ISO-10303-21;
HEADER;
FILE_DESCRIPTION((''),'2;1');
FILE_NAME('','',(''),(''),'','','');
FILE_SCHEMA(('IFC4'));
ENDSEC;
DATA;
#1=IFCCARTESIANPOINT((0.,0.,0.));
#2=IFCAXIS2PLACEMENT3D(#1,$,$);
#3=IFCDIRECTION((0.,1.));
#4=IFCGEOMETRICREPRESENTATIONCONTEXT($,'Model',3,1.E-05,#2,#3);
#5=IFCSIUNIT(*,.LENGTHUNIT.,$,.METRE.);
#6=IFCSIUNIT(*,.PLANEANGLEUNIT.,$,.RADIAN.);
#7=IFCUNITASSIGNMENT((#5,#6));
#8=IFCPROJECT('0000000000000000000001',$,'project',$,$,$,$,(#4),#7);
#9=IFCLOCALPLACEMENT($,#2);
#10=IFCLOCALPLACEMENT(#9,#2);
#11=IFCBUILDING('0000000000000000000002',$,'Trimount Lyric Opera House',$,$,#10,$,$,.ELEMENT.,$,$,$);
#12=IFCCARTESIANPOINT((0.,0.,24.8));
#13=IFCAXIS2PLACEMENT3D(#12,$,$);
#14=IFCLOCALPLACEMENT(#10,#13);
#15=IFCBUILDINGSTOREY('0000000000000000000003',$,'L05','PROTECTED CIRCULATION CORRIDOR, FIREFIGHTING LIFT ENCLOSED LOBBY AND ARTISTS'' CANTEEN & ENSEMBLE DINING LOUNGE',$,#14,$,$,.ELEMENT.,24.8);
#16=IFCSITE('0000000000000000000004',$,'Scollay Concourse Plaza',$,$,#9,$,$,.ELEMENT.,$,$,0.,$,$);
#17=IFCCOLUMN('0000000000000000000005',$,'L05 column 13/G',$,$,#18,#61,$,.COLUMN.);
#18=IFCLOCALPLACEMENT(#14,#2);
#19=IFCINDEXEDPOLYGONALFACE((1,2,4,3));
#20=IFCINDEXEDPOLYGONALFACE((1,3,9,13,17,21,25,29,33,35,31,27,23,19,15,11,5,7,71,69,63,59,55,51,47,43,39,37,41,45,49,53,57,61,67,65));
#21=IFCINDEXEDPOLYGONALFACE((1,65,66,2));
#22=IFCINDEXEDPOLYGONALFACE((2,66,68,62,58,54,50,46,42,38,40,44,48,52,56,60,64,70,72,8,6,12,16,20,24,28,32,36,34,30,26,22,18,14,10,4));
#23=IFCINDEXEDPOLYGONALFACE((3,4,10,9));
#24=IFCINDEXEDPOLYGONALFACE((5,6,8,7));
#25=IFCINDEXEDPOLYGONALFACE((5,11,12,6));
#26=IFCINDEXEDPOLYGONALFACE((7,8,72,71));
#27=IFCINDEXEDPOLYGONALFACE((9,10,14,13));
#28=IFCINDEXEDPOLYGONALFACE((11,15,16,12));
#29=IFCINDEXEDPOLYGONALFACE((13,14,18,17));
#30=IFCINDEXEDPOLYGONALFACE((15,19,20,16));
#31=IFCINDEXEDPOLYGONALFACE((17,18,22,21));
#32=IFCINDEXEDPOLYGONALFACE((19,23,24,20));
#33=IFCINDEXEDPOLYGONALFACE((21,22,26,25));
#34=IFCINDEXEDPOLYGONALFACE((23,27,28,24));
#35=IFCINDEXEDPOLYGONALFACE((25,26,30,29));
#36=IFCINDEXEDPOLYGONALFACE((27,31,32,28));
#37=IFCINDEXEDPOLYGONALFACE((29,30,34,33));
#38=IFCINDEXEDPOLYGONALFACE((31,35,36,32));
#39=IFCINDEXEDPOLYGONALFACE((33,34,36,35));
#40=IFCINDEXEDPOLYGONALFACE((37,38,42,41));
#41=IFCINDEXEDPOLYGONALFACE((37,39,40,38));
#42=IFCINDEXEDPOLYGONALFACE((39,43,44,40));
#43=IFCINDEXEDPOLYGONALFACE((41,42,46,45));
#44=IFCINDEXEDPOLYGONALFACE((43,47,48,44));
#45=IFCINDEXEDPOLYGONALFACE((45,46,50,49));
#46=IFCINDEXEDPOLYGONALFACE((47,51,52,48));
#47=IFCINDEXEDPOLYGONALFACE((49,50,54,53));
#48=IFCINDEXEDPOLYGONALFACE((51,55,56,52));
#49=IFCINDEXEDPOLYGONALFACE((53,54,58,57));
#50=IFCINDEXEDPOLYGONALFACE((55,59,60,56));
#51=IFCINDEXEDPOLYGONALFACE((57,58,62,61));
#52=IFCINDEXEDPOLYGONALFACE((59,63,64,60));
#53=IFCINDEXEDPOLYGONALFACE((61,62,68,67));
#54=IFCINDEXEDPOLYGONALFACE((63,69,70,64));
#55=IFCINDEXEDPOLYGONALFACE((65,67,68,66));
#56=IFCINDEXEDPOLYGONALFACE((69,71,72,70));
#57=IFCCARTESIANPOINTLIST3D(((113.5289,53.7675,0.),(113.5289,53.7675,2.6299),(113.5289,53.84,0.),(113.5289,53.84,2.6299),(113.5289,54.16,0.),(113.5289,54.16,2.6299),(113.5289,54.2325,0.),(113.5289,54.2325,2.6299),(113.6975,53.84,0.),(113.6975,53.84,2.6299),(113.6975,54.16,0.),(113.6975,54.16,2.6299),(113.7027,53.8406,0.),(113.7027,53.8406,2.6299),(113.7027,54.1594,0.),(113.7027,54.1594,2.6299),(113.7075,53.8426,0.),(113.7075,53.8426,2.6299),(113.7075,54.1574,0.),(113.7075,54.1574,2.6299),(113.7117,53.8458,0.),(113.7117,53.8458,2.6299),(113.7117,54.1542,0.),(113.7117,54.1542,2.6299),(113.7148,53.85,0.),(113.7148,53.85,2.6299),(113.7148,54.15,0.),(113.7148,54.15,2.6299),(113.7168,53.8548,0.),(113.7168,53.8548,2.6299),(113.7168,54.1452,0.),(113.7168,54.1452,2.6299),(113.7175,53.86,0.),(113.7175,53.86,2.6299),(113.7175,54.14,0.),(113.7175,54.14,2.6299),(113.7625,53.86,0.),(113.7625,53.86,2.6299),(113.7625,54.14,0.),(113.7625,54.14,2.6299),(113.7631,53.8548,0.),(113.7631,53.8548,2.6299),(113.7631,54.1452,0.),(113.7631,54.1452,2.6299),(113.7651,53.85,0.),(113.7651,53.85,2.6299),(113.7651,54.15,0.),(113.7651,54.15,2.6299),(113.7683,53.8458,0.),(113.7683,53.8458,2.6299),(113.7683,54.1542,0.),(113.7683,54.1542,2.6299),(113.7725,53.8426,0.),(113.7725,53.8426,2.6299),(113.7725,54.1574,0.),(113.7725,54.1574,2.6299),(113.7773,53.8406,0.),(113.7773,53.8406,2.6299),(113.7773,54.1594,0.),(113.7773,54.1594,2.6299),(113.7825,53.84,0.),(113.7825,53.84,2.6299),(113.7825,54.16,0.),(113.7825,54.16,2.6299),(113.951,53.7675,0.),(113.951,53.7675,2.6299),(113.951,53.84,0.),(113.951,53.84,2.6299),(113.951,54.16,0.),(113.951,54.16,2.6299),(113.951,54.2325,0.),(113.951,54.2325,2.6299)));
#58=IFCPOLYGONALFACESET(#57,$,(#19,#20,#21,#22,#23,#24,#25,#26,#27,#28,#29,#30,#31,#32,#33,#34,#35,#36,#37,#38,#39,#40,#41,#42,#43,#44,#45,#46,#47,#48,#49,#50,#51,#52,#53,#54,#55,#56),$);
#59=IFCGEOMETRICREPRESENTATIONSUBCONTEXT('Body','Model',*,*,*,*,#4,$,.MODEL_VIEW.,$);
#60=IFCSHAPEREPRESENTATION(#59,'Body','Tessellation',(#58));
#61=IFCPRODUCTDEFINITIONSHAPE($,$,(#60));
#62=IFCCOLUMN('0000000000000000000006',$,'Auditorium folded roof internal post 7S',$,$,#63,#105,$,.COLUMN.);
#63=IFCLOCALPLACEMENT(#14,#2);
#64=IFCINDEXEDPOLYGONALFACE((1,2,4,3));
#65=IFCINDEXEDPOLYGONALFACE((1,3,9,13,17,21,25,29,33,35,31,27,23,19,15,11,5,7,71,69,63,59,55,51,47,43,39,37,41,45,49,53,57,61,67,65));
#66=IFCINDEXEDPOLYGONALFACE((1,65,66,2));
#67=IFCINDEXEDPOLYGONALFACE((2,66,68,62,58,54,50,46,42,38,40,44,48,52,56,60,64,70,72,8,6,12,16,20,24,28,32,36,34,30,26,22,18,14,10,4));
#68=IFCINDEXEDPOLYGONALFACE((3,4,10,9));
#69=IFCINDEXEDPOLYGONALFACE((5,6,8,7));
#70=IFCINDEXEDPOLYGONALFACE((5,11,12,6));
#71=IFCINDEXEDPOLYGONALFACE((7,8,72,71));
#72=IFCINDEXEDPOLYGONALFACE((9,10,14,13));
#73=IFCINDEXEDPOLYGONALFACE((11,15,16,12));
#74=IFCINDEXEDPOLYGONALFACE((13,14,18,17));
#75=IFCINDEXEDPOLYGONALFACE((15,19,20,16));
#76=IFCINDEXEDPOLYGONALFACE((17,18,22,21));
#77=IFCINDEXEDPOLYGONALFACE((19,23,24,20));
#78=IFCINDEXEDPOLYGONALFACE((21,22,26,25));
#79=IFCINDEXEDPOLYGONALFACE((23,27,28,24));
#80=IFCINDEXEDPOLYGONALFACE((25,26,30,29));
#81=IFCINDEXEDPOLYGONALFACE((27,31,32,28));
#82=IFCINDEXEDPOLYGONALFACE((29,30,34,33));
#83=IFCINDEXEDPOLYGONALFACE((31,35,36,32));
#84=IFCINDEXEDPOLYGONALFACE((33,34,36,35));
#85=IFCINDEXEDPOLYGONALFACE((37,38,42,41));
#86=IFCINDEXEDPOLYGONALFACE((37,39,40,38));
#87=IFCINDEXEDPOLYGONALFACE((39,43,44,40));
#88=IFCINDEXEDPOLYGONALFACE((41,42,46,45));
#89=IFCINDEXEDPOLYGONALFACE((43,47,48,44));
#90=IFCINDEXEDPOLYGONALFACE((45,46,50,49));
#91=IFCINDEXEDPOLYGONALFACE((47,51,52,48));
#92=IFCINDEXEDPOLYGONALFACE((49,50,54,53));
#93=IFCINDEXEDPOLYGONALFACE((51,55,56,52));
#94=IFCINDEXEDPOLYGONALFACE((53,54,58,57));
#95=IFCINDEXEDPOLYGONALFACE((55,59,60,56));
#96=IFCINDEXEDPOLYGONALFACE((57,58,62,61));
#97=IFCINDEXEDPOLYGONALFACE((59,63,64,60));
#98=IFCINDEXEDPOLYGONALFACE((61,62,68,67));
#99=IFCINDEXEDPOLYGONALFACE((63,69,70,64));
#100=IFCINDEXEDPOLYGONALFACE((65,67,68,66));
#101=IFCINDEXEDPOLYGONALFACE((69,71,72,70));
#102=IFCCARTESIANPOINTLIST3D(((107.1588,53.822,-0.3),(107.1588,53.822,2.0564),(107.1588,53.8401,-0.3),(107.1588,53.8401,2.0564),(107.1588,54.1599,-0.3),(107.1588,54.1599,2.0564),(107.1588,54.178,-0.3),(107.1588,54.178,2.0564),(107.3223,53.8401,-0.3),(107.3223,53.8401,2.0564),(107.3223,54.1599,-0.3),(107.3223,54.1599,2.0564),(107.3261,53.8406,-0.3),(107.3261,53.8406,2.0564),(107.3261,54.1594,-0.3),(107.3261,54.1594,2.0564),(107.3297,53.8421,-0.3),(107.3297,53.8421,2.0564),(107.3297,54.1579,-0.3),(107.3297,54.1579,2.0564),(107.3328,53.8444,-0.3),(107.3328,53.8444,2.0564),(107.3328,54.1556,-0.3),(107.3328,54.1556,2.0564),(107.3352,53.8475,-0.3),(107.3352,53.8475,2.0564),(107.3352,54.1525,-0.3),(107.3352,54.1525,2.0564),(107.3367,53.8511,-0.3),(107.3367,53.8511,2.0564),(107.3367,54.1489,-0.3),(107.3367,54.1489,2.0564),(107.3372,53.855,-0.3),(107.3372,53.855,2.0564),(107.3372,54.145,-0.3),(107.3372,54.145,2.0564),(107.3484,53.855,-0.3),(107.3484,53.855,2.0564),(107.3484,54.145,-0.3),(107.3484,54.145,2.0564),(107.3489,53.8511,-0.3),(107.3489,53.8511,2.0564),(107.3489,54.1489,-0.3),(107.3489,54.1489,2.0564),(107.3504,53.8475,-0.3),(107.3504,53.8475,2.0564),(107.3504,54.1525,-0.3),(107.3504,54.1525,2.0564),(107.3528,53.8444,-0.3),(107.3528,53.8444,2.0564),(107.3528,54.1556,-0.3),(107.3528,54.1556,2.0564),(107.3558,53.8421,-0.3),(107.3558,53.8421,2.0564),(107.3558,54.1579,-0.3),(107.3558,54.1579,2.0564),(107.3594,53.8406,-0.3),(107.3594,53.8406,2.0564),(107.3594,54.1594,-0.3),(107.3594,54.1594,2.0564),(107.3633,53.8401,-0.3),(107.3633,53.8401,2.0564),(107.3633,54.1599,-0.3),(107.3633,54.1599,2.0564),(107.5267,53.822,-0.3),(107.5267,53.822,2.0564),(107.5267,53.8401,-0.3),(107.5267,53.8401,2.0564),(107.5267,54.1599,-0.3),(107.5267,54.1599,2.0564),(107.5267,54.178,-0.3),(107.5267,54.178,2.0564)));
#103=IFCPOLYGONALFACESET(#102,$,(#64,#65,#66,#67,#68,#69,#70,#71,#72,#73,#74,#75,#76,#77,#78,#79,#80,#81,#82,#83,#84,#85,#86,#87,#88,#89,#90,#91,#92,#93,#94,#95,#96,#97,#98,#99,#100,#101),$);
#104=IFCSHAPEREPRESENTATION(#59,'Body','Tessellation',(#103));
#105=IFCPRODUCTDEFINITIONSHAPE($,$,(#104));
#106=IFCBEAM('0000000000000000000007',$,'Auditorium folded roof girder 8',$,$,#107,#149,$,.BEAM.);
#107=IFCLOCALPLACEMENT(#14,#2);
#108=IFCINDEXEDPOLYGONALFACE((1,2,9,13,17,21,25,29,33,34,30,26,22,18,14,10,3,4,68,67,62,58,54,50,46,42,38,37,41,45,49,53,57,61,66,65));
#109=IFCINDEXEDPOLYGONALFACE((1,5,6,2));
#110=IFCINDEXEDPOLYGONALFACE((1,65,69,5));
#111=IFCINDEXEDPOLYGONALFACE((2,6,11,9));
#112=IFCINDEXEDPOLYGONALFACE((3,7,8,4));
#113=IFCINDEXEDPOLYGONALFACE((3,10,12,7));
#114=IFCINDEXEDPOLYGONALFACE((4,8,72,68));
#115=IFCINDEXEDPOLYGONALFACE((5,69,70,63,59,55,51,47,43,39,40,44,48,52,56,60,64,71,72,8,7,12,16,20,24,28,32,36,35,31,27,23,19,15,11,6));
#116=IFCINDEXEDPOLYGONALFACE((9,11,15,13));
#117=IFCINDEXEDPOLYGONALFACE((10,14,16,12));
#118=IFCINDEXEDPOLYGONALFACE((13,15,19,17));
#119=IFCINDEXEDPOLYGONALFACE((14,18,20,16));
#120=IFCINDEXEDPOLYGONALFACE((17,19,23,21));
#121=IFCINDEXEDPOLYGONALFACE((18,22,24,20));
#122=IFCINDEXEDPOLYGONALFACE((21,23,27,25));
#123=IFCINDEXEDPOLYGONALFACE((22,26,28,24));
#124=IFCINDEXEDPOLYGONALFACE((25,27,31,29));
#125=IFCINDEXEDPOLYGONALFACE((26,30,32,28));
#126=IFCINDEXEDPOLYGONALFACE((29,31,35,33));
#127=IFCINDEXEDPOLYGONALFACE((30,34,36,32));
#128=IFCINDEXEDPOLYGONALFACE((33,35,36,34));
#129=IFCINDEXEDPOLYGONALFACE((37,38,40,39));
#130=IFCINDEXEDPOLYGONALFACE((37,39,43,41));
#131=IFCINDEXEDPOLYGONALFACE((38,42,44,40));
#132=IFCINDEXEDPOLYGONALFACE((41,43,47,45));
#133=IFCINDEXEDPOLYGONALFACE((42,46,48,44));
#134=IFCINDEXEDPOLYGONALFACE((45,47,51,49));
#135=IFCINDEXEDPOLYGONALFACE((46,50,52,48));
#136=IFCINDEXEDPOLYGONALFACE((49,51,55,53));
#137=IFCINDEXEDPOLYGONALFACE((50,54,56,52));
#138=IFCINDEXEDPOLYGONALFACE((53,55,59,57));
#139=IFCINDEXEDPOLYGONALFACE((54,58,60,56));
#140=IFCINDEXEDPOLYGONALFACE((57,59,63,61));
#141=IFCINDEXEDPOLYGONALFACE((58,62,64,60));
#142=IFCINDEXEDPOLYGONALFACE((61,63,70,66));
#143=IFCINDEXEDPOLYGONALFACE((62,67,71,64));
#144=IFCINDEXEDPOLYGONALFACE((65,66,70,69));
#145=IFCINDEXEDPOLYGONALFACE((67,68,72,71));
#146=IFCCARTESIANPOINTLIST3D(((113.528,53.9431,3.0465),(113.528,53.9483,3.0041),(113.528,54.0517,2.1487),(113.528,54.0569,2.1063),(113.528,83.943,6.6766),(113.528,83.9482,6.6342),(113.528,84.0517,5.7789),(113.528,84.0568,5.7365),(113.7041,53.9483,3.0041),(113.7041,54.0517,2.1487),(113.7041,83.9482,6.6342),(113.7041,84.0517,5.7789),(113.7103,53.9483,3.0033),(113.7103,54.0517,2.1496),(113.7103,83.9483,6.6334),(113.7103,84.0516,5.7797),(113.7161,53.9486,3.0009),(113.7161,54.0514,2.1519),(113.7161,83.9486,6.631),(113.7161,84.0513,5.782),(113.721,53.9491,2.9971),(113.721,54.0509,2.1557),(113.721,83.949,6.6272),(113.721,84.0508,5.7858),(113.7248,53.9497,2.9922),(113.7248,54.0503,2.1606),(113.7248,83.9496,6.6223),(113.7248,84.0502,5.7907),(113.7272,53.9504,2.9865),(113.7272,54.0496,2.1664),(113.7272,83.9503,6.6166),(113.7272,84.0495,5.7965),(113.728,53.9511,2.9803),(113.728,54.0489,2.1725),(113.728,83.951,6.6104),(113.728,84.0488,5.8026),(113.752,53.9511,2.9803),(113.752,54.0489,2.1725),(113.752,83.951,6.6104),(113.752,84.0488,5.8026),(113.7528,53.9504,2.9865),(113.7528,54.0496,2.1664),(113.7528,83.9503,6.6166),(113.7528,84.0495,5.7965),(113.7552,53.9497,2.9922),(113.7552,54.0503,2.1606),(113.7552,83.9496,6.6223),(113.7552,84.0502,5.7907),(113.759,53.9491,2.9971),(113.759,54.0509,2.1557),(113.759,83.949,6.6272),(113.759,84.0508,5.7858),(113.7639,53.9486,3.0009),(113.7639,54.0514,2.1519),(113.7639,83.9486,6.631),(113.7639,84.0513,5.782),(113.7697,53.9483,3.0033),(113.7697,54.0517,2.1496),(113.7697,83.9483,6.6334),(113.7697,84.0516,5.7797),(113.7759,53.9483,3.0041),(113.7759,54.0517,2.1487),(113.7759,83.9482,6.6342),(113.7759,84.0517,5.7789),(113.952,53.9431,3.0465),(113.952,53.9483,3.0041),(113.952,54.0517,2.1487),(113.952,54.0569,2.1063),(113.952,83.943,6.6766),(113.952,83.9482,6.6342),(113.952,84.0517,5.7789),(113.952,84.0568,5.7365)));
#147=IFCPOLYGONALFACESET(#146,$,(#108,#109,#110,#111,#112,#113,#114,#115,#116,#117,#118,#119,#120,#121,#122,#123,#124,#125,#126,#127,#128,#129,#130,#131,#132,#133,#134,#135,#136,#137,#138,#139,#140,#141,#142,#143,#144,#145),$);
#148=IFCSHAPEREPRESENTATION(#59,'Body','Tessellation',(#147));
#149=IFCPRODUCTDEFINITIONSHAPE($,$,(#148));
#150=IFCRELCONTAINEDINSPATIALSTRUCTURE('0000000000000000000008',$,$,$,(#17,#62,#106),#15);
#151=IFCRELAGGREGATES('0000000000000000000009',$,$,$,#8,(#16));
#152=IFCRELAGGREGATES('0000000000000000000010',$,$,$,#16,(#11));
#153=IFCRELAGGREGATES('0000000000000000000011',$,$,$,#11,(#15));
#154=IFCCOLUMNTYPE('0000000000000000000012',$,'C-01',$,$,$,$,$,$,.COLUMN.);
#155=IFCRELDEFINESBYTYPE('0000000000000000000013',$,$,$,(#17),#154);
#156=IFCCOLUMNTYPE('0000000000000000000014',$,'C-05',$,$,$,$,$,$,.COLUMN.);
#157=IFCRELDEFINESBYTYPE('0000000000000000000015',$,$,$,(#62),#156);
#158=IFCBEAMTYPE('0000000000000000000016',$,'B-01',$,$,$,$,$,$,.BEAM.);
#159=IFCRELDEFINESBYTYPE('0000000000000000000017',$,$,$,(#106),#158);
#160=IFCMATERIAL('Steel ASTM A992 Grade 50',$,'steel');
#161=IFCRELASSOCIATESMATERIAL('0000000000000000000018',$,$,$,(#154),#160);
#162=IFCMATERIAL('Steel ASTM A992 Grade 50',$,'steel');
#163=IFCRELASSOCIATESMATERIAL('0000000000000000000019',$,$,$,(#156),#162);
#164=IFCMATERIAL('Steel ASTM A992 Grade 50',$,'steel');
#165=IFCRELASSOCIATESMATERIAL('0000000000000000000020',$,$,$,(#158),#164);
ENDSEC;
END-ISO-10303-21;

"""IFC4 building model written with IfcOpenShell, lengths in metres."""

from ifc_helpers import new_model, si_unit, direction, frame, origin, origin_2d, place, context, subcontext, project, spatial, i_section, extrude, material, material_profile, profile_set, type_object, element, save


model = new_model("IFC4")

# Units and contexts
model_context = context("Model", 3, precision=1e-05, world=origin(), true_north=direction((0.0, 1.0)))
body_context = subcontext(model_context, "Body", "Model", "MODEL_VIEW")
ifc_project = project(units=[si_unit("LENGTHUNIT", "METRE"), si_unit("PLANEANGLEUNIT", "RADIAN")], contexts=[model_context])

# Site, building, storey
site_placement = place(None, origin())
site = spatial("IfcSite", under=ifc_project, at=site_placement, Name="Scollay Concourse Plaza", CompositionType="ELEMENT", RefElevation=0.0)
building_placement = place(site_placement, origin())
building = spatial("IfcBuilding", under=site, at=building_placement, Name="Trimount Lyric Opera House", CompositionType="ELEMENT")
storey_placement = place(building_placement, frame((0.0, 0.0, 24.8)))
storey = spatial("IfcBuildingStorey", under=building, at=storey_placement, Name="L05", Description="PROTECTED CIRCULATION CORRIDOR, FIREFIGHTING LIFT ENCLOSED LOBBY AND ARTISTS' CANTEEN & ENSEMBLE DINING LOUNGE", CompositionType="ELEMENT", Elevation=24.8)

# Columns
ifc_material_1 = material(Name="Steel ASTM A992 Grade 50", Category="steel")
ifc_material_profile_1 = material_profile(ifc_material_1, i_section(OverallWidth=0.4221, OverallDepth=0.4651, WebThickness=0.0449, FlangeThickness=0.0725, FilletRadius=0.02, at=origin_2d()), Name="W14X398")
ifc_profile_set_1 = profile_set([ifc_material_profile_1], Name="Steel ASTM A992 Grade 50")
column_type_1 = type_object("IfcColumnType", Name="C-01", PredefinedType="COLUMN", material=ifc_profile_set_1)
column_1_placement = place(storey_placement, frame((113.74, 54.0, 0.0), z_axis=(0.0, 0.0, 1.0), x_axis=(1.0, 0.0, 0.0)))
element("IfcColumn", 1, at=column_1_placement, inside=storey, type_object=column_type_1, Name="L05 column 13/G", PredefinedType="COLUMN", context=body_context, shape_type="SweptSolid", body=[
    extrude(i_section(OverallWidth=0.4221, OverallDepth=0.4651, WebThickness=0.0449, FlangeThickness=0.0725, FilletRadius=0.02, at=origin_2d()), origin(), (0.0, 0.0, 1.0), 2.6299),
])
ifc_material_2 = material(Name="Steel ASTM A992 Grade 50", Category="steel")
ifc_material_profile_2 = material_profile(ifc_material_2, i_section(OverallWidth=0.3679, OverallDepth=0.356, WebThickness=0.0112, FlangeThickness=0.0181, FilletRadius=0.0149, at=origin_2d()), Name="W14X90")
ifc_profile_set_2 = profile_set([ifc_material_profile_2], Name="Steel ASTM A992 Grade 50")
column_type_2 = type_object("IfcColumnType", Name="C-05", PredefinedType="COLUMN", material=ifc_profile_set_2)
column_2_placement = place(storey_placement, frame((107.3428, 54.0, -0.3), z_axis=(0.0, 0.0, 1.0), x_axis=(1.0, 0.0, 0.0)))
element("IfcColumn", 2, at=column_2_placement, inside=storey, type_object=column_type_2, Name="Auditorium folded roof internal post 7S", PredefinedType="COLUMN", context=body_context, shape_type="SweptSolid", body=[
    extrude(i_section(OverallWidth=0.3679, OverallDepth=0.356, WebThickness=0.0112, FlangeThickness=0.0181, FilletRadius=0.0149, at=origin_2d()), origin(), (0.0, 0.0, 1.0), 2.3564),
])

# Beam
ifc_material_3 = material(Name="Steel ASTM A992 Grade 50", Category="steel")
ifc_material_profile_3 = material_profile(ifc_material_3, i_section(OverallWidth=0.4241, OverallDepth=0.947, WebThickness=0.0239, FlangeThickness=0.0427, FilletRadius=0.0239, at=origin_2d()), Name="W36X302")
ifc_profile_set_3 = profile_set([ifc_material_profile_3], Name="Steel ASTM A992 Grade 50")
beam_type_1 = type_object("IfcBeamType", Name="B-01", PredefinedType="BEAM", material=ifc_profile_set_3)
beam_1_placement = place(storey_placement, frame((113.74, 54.0, 2.5764), z_axis=(0.0, 0.992758, 0.120128), x_axis=(-1.0, 0.0, 0.0)))
element("IfcBeam", 3, at=beam_1_placement, inside=storey, type_object=beam_type_1, Name="Auditorium folded roof girder 8", PredefinedType="BEAM", context=body_context, shape_type="SweptSolid", body=[
    extrude(i_section(OverallWidth=0.4241, OverallDepth=0.947, WebThickness=0.0239, FlangeThickness=0.0427, FilletRadius=0.0239, at=origin_2d()), origin(), (0.0, 0.0, 1.0), 30.2188),
])

save(model, "model.ifc")
